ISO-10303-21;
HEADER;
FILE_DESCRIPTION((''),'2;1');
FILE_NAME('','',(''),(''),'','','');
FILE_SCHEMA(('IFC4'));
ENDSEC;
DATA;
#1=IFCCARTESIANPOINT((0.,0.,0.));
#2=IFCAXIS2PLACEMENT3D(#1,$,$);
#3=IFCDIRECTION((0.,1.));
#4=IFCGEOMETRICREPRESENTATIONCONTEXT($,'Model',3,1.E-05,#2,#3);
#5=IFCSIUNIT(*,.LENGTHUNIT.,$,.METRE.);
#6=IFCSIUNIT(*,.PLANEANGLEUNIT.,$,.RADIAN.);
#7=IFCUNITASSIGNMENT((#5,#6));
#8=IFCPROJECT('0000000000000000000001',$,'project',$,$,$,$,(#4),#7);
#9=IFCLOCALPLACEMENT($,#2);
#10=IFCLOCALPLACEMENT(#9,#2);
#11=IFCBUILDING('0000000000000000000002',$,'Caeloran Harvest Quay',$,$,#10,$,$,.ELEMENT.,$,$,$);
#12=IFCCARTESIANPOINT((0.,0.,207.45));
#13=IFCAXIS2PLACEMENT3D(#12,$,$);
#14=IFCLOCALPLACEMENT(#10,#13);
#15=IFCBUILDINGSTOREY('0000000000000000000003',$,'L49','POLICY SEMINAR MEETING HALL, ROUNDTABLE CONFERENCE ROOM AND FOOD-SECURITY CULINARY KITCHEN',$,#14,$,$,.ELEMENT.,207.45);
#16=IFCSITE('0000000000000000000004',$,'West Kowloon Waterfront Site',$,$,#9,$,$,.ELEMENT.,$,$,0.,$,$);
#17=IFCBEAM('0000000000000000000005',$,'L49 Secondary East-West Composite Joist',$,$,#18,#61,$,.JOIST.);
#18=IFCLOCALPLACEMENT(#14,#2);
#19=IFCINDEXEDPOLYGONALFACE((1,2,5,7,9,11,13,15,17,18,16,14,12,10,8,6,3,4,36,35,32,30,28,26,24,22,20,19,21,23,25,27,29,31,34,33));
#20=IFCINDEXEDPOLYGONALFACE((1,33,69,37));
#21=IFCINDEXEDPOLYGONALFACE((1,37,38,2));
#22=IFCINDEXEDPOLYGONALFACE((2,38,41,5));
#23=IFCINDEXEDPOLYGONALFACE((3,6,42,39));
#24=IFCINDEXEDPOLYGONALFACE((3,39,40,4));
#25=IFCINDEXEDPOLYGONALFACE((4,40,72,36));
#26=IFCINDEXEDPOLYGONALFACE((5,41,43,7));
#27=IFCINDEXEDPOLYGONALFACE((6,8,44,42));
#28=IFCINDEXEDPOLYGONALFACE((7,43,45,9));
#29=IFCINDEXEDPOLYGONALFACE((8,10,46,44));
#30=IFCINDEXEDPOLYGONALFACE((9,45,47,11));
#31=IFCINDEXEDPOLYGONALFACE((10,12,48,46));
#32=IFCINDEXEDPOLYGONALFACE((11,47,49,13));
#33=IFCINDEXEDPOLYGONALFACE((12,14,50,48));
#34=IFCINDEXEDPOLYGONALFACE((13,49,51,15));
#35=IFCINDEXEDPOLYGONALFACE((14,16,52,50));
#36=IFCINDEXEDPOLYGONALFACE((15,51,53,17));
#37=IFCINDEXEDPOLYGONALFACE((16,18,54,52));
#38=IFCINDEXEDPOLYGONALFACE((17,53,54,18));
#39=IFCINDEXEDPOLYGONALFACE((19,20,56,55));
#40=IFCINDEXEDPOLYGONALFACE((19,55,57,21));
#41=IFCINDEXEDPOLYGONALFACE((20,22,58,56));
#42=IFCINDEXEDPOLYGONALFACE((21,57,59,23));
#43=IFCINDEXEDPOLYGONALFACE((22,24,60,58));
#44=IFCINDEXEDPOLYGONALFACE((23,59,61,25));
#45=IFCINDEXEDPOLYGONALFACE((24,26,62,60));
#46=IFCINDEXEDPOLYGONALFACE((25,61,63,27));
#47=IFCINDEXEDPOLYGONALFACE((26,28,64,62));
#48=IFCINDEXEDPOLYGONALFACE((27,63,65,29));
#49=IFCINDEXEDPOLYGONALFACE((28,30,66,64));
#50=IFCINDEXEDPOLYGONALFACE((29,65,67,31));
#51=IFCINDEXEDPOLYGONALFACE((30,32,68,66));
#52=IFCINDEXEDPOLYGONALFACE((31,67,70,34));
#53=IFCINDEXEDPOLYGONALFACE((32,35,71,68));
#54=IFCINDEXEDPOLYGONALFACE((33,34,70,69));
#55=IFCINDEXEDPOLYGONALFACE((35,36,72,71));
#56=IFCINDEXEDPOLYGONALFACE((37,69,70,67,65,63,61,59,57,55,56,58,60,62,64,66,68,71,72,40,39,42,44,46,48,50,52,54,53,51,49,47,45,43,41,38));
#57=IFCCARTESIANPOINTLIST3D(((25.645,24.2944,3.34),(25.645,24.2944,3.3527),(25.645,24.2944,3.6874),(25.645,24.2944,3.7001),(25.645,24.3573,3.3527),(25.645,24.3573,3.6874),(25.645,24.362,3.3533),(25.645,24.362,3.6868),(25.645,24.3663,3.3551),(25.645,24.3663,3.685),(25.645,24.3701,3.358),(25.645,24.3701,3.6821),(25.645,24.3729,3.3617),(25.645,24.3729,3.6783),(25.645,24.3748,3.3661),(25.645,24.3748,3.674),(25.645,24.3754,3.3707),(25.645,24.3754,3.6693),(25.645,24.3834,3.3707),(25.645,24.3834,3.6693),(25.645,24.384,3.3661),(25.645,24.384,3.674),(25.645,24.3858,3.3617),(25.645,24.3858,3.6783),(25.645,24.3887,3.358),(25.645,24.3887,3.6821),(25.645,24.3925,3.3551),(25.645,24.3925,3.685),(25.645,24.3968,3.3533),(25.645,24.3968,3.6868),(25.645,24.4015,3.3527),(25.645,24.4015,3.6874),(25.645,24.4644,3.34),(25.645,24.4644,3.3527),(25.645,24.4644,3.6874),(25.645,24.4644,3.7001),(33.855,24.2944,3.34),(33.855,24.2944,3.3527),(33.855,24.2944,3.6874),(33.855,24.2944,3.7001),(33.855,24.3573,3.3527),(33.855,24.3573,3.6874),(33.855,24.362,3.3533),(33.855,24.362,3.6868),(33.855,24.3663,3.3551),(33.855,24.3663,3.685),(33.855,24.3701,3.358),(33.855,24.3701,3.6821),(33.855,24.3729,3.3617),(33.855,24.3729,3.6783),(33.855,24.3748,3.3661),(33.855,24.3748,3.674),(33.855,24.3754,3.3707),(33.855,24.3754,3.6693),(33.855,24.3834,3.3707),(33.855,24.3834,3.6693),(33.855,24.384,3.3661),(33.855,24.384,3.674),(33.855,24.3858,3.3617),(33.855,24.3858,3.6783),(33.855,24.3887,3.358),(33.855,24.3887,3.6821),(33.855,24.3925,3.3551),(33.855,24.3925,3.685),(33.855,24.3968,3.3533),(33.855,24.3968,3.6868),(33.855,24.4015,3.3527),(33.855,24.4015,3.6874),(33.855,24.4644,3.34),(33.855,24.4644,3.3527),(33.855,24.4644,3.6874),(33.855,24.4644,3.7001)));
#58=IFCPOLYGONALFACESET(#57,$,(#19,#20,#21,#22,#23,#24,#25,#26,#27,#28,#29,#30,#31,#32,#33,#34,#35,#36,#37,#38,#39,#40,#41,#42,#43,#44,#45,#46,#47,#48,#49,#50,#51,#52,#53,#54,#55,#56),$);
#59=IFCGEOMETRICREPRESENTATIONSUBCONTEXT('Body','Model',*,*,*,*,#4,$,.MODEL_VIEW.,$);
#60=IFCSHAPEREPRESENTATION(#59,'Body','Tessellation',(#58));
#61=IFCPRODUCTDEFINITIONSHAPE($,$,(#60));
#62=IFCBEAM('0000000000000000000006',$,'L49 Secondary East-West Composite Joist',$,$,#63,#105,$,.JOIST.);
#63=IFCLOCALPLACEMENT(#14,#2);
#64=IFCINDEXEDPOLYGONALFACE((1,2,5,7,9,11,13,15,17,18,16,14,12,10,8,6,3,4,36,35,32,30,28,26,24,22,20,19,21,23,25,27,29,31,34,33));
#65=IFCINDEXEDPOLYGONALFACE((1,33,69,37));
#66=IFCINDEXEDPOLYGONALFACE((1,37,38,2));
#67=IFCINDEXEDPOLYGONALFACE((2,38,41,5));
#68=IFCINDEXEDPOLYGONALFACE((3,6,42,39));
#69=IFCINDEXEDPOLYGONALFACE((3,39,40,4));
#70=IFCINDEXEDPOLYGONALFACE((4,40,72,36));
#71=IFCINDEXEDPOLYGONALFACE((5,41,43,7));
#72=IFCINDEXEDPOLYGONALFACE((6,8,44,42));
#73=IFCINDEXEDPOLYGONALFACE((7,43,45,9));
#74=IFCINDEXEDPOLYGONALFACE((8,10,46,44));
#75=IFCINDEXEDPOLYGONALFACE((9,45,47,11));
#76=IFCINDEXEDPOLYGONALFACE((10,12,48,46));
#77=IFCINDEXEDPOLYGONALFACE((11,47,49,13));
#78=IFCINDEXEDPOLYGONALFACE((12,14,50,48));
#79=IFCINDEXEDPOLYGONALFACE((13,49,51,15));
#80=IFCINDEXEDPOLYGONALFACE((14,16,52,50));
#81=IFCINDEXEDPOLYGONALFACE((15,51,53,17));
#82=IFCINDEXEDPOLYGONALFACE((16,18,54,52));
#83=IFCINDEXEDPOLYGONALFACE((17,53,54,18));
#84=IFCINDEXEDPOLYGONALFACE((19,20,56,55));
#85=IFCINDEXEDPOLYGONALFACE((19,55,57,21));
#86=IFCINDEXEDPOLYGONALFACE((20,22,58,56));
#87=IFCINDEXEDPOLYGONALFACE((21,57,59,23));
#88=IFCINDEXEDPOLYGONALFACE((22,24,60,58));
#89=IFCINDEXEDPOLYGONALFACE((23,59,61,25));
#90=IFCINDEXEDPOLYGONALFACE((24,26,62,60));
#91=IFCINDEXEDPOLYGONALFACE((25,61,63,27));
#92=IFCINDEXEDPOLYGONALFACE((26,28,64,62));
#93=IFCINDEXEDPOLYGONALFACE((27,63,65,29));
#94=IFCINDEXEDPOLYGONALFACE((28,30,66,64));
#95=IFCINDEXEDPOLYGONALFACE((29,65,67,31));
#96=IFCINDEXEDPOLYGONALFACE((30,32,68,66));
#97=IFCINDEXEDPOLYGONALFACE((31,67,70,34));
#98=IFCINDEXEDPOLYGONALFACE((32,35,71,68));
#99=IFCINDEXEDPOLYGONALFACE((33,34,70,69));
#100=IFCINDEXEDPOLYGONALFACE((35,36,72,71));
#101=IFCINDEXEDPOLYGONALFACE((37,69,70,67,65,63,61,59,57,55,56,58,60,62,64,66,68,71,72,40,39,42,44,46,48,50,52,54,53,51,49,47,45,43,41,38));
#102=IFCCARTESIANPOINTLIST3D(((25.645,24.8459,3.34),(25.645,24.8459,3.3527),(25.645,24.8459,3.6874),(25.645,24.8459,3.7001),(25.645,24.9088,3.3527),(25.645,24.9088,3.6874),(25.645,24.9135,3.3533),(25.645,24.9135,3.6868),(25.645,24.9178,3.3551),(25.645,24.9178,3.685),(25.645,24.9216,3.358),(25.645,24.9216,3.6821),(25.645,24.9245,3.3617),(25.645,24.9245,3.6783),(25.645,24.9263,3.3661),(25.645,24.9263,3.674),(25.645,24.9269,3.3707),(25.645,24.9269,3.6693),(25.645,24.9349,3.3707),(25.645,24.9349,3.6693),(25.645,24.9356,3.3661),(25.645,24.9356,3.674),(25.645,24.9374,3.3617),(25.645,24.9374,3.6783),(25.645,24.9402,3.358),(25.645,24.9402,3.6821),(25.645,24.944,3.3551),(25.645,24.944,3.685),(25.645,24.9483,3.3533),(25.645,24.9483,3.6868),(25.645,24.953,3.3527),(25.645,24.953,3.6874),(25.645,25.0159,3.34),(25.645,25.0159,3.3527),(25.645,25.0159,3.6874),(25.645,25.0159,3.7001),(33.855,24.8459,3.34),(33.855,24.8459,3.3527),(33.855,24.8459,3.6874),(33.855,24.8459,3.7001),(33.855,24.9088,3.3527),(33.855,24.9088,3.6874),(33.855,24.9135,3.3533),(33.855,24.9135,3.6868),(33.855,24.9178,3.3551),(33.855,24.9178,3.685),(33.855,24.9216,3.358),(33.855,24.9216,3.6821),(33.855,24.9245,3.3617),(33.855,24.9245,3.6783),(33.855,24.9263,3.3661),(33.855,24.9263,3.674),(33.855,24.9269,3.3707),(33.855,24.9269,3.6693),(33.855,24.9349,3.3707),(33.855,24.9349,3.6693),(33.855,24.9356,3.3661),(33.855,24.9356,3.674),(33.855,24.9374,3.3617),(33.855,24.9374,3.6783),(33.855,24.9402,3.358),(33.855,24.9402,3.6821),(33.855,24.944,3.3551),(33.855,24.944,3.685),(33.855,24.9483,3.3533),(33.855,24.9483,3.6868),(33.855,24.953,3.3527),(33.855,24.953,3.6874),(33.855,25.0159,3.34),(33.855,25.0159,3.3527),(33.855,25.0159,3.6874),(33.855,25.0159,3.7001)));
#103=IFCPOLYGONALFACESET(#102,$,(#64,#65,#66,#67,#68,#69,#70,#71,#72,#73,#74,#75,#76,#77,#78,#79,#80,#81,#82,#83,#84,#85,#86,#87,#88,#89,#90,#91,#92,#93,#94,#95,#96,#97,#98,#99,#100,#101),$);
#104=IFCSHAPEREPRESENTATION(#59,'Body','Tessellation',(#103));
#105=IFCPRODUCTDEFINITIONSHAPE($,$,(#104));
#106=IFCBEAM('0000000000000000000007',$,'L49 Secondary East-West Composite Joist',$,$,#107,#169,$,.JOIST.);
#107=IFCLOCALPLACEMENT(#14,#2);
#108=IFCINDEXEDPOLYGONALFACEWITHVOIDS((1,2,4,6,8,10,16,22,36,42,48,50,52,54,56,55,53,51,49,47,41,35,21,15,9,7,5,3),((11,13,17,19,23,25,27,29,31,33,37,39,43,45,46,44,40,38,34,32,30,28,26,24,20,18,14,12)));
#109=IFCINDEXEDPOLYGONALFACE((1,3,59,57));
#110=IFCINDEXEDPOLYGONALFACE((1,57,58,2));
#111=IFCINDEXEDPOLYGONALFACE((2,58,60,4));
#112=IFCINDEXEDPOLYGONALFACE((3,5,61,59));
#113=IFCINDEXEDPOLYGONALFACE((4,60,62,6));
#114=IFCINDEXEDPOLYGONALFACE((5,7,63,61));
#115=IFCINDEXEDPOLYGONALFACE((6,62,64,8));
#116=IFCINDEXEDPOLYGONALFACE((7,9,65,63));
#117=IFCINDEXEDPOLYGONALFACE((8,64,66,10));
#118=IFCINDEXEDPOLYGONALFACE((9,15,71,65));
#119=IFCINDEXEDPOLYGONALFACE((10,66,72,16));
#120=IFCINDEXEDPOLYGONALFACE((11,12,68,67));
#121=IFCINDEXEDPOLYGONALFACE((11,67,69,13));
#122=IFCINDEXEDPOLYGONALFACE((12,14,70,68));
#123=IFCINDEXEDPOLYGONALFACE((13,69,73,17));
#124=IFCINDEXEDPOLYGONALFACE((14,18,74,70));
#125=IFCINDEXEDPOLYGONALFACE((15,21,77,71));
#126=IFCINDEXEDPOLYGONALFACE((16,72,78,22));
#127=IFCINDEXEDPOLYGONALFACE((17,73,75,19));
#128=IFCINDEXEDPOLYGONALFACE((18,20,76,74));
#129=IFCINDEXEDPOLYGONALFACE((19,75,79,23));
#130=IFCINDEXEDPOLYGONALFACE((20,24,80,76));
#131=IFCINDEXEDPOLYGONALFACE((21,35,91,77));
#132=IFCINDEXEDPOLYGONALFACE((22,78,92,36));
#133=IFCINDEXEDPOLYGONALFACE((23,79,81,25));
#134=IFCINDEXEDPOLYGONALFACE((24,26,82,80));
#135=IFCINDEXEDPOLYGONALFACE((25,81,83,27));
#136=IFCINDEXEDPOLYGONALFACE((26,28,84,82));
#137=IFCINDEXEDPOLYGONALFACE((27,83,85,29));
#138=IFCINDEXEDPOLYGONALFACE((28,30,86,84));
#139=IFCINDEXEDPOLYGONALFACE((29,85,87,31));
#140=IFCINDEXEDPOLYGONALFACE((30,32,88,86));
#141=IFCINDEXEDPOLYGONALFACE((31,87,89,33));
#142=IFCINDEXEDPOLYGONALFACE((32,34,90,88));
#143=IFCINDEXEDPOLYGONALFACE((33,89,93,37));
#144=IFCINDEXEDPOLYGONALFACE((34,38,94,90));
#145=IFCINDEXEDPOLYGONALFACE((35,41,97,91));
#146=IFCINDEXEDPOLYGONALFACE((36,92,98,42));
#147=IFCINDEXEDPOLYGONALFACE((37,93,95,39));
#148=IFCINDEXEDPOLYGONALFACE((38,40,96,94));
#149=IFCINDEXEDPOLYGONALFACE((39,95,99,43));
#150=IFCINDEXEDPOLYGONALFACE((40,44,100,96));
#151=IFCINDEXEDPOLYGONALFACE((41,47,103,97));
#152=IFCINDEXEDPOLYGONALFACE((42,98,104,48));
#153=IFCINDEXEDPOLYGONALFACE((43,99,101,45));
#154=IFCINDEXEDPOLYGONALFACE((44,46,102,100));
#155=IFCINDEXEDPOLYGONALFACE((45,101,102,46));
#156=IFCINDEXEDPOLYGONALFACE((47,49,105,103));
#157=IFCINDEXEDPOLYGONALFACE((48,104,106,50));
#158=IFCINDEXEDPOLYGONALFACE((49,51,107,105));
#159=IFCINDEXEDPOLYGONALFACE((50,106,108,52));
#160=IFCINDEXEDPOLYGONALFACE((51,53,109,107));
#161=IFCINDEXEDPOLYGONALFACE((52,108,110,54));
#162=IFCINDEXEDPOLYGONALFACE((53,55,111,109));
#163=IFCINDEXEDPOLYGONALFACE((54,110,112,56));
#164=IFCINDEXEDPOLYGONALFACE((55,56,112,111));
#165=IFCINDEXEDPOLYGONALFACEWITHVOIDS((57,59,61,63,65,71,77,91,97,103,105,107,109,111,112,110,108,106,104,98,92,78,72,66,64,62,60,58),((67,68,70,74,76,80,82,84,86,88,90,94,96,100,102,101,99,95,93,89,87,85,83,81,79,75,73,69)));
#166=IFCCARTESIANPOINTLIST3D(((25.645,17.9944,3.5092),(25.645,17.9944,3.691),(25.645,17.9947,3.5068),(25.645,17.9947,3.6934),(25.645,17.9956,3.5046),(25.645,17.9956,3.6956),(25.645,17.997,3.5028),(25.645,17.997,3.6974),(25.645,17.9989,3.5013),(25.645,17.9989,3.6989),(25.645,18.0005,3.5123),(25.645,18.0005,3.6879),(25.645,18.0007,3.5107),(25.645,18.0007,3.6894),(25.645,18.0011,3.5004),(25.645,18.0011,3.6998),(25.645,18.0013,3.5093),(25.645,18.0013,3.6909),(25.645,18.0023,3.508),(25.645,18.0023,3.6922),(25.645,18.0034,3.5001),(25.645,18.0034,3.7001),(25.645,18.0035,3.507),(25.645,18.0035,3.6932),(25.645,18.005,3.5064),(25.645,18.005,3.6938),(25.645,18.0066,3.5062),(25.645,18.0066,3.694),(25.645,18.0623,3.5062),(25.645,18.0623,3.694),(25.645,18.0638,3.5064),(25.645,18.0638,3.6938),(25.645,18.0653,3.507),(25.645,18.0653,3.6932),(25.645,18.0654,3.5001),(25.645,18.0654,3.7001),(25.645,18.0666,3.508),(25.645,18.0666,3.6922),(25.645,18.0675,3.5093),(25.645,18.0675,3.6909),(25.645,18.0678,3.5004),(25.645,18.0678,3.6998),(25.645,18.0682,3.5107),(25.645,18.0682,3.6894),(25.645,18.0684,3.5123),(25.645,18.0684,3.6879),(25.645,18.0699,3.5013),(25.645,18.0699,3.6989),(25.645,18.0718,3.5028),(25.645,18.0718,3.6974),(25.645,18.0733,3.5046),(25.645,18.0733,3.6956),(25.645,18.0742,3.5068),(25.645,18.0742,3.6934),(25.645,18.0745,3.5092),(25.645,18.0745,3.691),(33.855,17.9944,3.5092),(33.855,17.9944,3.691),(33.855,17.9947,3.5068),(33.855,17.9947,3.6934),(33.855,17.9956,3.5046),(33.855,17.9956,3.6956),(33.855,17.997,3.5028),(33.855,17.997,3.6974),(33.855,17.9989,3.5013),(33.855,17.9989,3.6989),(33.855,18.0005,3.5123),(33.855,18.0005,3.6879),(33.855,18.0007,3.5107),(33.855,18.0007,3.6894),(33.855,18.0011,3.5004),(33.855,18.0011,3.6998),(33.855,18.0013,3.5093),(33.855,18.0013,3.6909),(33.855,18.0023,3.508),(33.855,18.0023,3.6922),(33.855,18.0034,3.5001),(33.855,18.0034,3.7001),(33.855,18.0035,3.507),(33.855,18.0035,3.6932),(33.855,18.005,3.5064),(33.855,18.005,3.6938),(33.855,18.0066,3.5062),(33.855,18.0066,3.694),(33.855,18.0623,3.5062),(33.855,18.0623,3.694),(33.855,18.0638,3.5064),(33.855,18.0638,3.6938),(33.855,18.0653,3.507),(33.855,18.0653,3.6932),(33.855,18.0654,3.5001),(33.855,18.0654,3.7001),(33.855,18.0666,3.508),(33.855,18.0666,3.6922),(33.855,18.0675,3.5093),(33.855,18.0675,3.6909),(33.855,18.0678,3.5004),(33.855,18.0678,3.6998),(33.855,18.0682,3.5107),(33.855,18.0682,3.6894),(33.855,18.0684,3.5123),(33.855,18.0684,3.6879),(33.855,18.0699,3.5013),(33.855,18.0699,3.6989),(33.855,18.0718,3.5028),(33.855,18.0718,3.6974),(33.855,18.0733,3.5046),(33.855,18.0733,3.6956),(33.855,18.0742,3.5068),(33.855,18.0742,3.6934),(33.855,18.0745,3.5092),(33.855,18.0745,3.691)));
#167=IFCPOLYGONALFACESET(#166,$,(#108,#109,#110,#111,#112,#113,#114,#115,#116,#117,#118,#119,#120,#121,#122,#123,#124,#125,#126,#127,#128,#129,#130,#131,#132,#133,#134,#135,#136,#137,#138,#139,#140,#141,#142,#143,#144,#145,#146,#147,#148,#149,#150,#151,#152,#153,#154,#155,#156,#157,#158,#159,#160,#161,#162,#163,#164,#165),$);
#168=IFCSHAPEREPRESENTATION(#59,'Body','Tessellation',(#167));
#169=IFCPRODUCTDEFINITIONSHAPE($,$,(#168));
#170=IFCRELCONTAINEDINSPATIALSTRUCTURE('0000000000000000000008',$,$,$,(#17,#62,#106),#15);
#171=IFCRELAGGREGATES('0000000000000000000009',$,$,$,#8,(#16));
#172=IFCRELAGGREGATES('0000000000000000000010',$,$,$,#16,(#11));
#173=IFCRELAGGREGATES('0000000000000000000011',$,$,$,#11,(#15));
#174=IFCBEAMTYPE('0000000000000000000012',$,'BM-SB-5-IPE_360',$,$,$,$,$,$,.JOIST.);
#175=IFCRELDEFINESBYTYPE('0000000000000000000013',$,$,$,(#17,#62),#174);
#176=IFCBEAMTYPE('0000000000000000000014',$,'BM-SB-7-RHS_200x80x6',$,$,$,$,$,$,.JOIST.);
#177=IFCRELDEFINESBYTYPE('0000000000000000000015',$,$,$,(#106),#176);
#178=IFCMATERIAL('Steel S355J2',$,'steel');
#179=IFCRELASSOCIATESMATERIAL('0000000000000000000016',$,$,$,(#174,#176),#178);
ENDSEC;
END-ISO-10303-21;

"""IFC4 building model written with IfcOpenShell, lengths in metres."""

from ifc_helpers import new_model, si_unit, direction, frame, origin, origin_2d, place, context, subcontext, project, spatial, hollow_rectangle, i_section, extrude, material, material_profile, profile_set, type_object, element, save


model = new_model("IFC4")

# Units and contexts
model_context = context("Model", 3, precision=1e-05, world=origin(), true_north=direction((0.0, 1.0)))
body_context = subcontext(model_context, "Body", "Model", "MODEL_VIEW")
ifc_project = project(units=[si_unit("LENGTHUNIT", "METRE"), si_unit("PLANEANGLEUNIT", "RADIAN")], contexts=[model_context])

# Site, building, storey
site_placement = place(None, origin())
site = spatial("IfcSite", under=ifc_project, at=site_placement, Name="West Kowloon Waterfront Site", CompositionType="ELEMENT", RefElevation=0.0)
building_placement = place(site_placement, origin())
building = spatial("IfcBuilding", under=site, at=building_placement, Name="Caeloran Harvest Quay", CompositionType="ELEMENT")
storey_placement = place(building_placement, frame((0.0, 0.0, 207.45)))
storey = spatial("IfcBuildingStorey", under=building, at=storey_placement, Name="L49", Description="POLICY SEMINAR MEETING HALL, ROUNDTABLE CONFERENCE ROOM AND FOOD-SECURITY CULINARY KITCHEN", CompositionType="ELEMENT", Elevation=207.45)

# Beams
ifc_material_1 = material(Name="Steel S355J2", Category="steel")
ifc_material_profile_1 = material_profile(ifc_material_1, i_section(OverallWidth=0.1699, OverallDepth=0.3601, WebThickness=0.0081, FlangeThickness=0.0127, FilletRadius=0.0181, at=origin_2d()), Name="IPE 360")
ifc_profile_set_1 = profile_set([ifc_material_profile_1], Name="Steel S355J2")
beam_type_1 = type_object("IfcBeamType", Name="BM-SB-5-IPE_360", PredefinedType="JOIST", material=ifc_profile_set_1)
for number, where, z_axis, x_axis, name in (
    (1, (25.645, 24.3794, 3.52), (1.0, 0.0, 0.0), (0.0, 1.0, 0.0), "L49 Secondary East-West Composite Joist"),
    (2, (25.645, 24.9309, 3.52), (1.0, 0.0, 0.0), (0.0, 1.0, 0.0), "L49 Secondary East-West Composite Joist"),
):
    element("IfcBeam", number, at=place(storey_placement, frame(where, z_axis=z_axis, x_axis=x_axis)), inside=storey, type_object=beam_type_1, Name=name, PredefinedType="JOIST", context=body_context, shape_type="SweptSolid", body=[
        extrude(i_section(OverallWidth=0.1699, OverallDepth=0.3601, WebThickness=0.0081, FlangeThickness=0.0127, FilletRadius=0.0181, at=origin_2d()), origin(), (0.0, 0.0, 1.0), 8.21),
    ])
ifc_material_profile_2 = material_profile(ifc_material_1, hollow_rectangle(XDim=0.0801, YDim=0.2, WallThickness=0.0061, InnerFilletRadius=0.0061, OuterFilletRadius=0.009, at=origin_2d()), Name="RHS 200x80x6")
ifc_profile_set_2 = profile_set([ifc_material_profile_2], Name="Steel S355J2")
beam_type_2 = type_object("IfcBeamType", Name="BM-SB-7-RHS_200x80x6", PredefinedType="JOIST", material=ifc_profile_set_2)
for number, where, z_axis, x_axis, name in (
    (3, (25.645, 18.0344, 3.6001), (1.0, 0.0, 0.0), (0.0, 1.0, 0.0), "L49 Secondary East-West Composite Joist"),
):
    element("IfcBeam", number, at=place(storey_placement, frame(where, z_axis=z_axis, x_axis=x_axis)), inside=storey, type_object=beam_type_2, Name=name, PredefinedType="JOIST", context=body_context, shape_type="SweptSolid", body=[
        extrude(hollow_rectangle(XDim=0.0801, YDim=0.2, WallThickness=0.0061, InnerFilletRadius=0.0061, OuterFilletRadius=0.009, at=origin_2d()), origin(), (0.0, 0.0, 1.0), 8.21),
    ])

save(model, "model.ifc")
